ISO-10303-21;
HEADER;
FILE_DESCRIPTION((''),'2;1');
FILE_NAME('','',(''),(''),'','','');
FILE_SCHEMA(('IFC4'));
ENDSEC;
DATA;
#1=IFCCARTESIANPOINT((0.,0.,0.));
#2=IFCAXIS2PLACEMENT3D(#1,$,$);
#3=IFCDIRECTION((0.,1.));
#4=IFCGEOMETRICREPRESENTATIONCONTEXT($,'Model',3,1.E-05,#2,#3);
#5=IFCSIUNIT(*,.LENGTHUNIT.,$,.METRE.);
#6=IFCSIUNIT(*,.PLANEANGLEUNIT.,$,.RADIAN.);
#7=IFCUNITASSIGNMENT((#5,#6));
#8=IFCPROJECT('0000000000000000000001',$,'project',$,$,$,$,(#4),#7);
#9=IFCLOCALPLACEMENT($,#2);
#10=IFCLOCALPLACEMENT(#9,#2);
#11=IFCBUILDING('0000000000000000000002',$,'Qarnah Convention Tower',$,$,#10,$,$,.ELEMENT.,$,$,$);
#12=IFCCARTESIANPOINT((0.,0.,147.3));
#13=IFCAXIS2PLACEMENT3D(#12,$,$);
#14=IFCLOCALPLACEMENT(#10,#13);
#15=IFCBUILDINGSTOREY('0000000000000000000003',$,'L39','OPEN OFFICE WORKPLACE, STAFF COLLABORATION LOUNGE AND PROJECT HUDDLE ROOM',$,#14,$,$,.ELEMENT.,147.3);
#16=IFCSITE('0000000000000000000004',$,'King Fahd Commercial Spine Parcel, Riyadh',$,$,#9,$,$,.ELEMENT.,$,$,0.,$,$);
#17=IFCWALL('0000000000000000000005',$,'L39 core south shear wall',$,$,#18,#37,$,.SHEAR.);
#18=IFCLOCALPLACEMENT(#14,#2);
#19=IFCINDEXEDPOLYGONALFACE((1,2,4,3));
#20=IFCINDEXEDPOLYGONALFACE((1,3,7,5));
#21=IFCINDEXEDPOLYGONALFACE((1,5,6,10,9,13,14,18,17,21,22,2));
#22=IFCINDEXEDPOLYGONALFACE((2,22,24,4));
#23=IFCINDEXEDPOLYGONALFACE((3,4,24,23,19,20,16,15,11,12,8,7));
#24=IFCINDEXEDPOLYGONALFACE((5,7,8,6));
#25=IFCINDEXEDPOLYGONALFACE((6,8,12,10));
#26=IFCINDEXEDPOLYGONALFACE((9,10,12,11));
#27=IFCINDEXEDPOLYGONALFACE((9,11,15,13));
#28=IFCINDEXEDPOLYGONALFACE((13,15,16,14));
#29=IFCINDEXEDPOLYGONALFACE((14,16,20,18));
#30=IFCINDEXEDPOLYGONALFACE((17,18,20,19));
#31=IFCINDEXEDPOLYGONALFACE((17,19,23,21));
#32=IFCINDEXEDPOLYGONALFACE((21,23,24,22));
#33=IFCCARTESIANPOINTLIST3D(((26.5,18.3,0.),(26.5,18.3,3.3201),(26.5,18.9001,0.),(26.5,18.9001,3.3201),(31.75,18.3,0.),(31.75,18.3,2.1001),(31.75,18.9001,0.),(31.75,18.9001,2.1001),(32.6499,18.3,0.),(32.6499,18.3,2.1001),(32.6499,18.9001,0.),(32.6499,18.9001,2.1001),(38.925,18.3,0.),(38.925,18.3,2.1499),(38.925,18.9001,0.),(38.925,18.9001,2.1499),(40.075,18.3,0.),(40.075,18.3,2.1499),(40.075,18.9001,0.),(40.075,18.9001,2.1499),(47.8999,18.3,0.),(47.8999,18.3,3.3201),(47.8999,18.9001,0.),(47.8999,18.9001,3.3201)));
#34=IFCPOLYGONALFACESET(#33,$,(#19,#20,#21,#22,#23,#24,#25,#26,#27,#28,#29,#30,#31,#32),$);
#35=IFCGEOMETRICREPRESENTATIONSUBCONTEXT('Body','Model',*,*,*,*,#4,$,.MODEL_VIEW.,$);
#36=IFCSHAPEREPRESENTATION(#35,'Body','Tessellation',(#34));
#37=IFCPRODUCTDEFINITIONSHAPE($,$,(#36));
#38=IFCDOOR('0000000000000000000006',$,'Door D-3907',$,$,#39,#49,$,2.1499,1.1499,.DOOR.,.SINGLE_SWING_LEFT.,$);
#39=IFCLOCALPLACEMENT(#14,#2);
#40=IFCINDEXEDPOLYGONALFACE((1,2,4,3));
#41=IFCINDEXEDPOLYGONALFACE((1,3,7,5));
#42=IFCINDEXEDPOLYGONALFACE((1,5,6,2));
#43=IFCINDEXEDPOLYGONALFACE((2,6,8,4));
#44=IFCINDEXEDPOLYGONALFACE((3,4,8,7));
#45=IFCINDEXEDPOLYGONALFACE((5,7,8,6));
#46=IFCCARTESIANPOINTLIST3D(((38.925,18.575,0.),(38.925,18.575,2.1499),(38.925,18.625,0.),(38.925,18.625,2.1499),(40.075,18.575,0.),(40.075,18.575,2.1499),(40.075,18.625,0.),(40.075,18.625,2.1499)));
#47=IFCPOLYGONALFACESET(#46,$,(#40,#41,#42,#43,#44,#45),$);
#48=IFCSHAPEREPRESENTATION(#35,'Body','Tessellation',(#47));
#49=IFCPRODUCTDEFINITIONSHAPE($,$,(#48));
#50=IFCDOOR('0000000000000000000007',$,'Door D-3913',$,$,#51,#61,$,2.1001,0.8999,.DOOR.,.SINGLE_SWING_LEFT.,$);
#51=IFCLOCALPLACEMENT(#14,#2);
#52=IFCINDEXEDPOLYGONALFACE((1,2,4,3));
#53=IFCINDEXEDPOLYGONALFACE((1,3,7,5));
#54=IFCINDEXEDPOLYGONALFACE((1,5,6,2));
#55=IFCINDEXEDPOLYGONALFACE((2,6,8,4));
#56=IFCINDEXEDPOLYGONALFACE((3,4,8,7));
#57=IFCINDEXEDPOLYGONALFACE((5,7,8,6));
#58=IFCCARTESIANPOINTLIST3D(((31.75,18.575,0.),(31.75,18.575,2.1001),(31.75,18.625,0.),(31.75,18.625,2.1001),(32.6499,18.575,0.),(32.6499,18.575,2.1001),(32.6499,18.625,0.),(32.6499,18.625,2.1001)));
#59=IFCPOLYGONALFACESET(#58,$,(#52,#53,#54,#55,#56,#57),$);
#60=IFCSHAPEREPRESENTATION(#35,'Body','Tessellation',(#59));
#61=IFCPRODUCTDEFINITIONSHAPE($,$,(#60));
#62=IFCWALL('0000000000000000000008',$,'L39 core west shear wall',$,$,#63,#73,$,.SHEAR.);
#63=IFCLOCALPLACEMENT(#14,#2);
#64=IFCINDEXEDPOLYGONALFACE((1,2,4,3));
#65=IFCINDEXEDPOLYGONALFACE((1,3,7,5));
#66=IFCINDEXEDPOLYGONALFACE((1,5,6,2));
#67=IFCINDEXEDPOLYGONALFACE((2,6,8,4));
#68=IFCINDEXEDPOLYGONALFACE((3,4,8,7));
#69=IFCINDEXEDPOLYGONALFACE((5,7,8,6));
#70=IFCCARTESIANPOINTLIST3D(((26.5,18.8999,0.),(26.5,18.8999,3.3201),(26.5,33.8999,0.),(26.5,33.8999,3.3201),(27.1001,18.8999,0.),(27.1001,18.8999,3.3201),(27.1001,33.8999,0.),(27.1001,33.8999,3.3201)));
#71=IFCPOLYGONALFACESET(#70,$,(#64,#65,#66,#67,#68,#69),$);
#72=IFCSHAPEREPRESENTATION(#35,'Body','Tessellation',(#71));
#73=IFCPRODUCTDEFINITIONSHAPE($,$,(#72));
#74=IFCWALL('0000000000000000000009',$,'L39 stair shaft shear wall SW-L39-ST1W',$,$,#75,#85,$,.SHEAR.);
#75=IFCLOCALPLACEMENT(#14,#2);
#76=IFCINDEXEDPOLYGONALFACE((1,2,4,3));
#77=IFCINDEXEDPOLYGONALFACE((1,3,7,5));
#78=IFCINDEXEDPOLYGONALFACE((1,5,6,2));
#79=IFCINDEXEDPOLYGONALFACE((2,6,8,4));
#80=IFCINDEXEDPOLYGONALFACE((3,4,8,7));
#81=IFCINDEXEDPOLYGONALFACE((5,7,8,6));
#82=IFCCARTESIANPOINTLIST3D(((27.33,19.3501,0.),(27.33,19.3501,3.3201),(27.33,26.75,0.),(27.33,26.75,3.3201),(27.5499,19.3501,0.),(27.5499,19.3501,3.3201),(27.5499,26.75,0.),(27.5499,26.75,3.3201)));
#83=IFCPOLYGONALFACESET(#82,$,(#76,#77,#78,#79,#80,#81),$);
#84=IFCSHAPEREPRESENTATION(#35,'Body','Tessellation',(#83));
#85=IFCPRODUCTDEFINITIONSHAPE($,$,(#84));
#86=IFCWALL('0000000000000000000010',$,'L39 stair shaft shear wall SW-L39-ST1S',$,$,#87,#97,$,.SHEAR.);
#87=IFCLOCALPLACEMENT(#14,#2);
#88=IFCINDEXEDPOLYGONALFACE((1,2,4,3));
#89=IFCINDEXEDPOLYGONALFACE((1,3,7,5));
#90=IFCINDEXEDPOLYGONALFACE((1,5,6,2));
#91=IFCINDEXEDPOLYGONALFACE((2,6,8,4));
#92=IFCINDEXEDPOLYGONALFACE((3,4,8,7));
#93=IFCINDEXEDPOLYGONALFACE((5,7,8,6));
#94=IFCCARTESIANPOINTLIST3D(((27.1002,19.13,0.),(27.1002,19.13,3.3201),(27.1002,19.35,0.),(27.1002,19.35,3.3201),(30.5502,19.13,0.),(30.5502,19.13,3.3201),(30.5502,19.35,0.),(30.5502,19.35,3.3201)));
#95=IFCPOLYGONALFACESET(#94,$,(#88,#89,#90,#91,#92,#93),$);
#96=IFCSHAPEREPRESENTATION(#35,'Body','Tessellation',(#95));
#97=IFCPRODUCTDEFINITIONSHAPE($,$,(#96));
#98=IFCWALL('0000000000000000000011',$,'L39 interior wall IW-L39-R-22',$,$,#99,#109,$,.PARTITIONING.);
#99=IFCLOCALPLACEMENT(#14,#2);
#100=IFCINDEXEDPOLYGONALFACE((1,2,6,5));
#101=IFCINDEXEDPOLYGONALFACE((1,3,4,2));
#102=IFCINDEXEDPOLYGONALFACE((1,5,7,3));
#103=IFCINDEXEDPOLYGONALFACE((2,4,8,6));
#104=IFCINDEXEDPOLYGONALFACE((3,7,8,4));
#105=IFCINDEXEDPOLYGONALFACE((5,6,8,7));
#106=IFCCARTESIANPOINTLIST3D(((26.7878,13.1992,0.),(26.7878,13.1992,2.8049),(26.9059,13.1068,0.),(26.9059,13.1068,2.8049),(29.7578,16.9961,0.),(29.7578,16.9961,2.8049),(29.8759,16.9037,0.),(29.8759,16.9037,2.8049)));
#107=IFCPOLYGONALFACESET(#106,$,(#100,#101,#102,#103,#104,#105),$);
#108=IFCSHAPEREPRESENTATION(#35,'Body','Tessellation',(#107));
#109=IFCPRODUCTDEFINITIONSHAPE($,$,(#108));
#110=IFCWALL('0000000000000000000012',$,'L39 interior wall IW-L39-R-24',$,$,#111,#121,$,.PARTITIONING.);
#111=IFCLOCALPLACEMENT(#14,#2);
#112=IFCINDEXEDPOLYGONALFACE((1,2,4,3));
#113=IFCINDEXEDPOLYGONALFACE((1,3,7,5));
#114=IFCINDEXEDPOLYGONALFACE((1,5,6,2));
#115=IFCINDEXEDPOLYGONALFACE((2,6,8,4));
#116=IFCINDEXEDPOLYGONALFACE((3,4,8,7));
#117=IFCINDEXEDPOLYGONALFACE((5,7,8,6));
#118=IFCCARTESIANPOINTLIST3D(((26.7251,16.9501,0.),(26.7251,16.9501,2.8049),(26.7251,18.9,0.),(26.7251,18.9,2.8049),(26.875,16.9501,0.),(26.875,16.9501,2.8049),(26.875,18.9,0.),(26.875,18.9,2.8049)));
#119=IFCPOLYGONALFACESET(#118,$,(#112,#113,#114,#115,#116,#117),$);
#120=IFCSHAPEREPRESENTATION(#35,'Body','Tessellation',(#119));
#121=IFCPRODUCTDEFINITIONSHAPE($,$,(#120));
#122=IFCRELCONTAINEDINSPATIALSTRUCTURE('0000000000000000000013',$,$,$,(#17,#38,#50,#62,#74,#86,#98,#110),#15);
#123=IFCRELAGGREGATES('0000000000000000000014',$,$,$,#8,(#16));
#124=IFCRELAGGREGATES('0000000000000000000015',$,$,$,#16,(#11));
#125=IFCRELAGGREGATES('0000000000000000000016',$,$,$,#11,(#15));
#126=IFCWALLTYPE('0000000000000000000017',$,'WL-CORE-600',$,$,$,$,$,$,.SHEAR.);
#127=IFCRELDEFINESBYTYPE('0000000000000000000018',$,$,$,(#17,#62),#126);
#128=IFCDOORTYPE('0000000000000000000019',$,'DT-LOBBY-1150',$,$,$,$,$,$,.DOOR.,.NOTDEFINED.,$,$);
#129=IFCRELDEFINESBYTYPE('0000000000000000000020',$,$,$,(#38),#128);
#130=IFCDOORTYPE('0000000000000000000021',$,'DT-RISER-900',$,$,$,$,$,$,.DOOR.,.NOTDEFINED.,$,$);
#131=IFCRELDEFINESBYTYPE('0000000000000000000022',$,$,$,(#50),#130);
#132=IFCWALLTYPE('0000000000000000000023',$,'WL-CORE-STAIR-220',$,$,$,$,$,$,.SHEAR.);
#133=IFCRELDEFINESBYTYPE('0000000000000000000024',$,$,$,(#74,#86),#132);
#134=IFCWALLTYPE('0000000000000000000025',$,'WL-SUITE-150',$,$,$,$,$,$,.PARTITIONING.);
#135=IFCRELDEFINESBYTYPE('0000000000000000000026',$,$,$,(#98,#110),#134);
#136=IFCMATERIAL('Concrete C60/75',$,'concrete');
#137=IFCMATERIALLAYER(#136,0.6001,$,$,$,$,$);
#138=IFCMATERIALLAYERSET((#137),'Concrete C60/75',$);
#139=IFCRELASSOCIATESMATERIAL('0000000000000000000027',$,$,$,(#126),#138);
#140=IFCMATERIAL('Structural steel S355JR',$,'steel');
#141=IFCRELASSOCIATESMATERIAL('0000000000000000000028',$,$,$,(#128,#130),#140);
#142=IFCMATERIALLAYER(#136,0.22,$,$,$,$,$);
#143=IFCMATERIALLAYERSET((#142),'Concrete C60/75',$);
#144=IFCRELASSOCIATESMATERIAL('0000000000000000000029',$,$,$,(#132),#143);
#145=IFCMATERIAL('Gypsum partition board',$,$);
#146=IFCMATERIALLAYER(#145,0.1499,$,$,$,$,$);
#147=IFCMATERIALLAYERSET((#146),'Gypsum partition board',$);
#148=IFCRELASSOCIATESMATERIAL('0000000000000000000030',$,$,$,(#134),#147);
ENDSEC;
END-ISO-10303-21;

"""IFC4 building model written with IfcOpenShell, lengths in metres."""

from ifc_helpers import new_model, si_unit, direction, frame, frame_2d, origin, place, context, subcontext, project, spatial, rectangle, extrude, material, layer, layer_set, type_object, element, fill, save


model = new_model("IFC4")

# Units and contexts
model_context = context("Model", 3, precision=1e-05, world=origin(), true_north=direction((0.0, 1.0)))
body_context = subcontext(model_context, "Body", "Model", "MODEL_VIEW")
ifc_project = project(units=[si_unit("LENGTHUNIT", "METRE"), si_unit("PLANEANGLEUNIT", "RADIAN")], contexts=[model_context])

# Site, building, storey
site_placement = place(None, origin())
site = spatial("IfcSite", under=ifc_project, at=site_placement, Name="King Fahd Commercial Spine Parcel, Riyadh", CompositionType="ELEMENT", RefElevation=0.0)
building_placement = place(site_placement, origin())
building = spatial("IfcBuilding", under=site, at=building_placement, Name="Qarnah Convention Tower", CompositionType="ELEMENT")
storey_placement = place(building_placement, frame((0.0, 0.0, 147.3)))
storey = spatial("IfcBuildingStorey", under=building, at=storey_placement, Name="L39", Description="OPEN OFFICE WORKPLACE, STAFF COLLABORATION LOUNGE AND PROJECT HUDDLE ROOM", CompositionType="ELEMENT", Elevation=147.3)

# Shared definitions
ifc_material_1 = material(Name="Concrete C60/75", Category="concrete")

# Shared definitions
ifc_material_2 = material(Name="Structural steel S355JR", Category="steel")

# Wall, openings, doors
ifc_layer_1 = layer(ifc_material_1, 0.6001)
ifc_layer_set_1 = layer_set([ifc_layer_1], Name="Concrete C60/75")
wall_type_1 = type_object("IfcWallType", Name="WL-CORE-600", PredefinedType="SHEAR", material=ifc_layer_set_1)
wall_1_placement = place(storey_placement, frame((26.5, 18.6001, 0.0), z_axis=(0.0, 0.0, 1.0), x_axis=(1.0, 0.0, 0.0)))
wall_1 = element("IfcWall", 1, at=wall_1_placement, inside=storey, type_object=wall_type_1, Name="L39 core south shear wall", PredefinedType="SHEAR", context=body_context, shape_type="SweptSolid", body=[
    extrude(rectangle(XDim=21.3999, YDim=0.6001, at=frame_2d((10.7, 0.0))), origin(), (0.0, 0.0, 1.0), 3.3201),
])
opening_1_placement = place(wall_1_placement, frame((12.425, 0.0, 0.0)))
opening_1 = element("IfcOpeningElement", 2, at=opening_1_placement, cuts=wall_1, PredefinedType="OPENING", context=body_context, shape_type="SweptSolid", body=[
    extrude(rectangle(XDim=1.1499, YDim=2.1499, at=frame_2d((0.575, 1.075))), frame((0.0, 0.3101, 0.0), z_axis=(0.0, -1.0, 0.0), x_axis=(1.0, 0.0, 0.0)), (0.0, 0.0, 1.0), 0.6201),
])
opening_2_placement = place(wall_1_placement, frame((5.25, 0.0, 0.0)))
opening_2 = element("IfcOpeningElement", 3, at=opening_2_placement, cuts=wall_1, PredefinedType="OPENING", context=body_context, shape_type="SweptSolid", body=[
    extrude(rectangle(XDim=0.8999, YDim=2.1001, at=frame_2d((0.45, 1.05))), frame((0.0, 0.3101, 0.0), z_axis=(0.0, -1.0, 0.0), x_axis=(1.0, 0.0, 0.0)), (0.0, 0.0, 1.0), 0.6201),
])
door_type_1 = type_object("IfcDoorType", Name="DT-LOBBY-1150", OperationType="NOTDEFINED", PredefinedType="DOOR", material=ifc_material_2)
door_1_placement = place(opening_1_placement, origin())
door_1 = element("IfcDoor", 4, at=door_1_placement, inside=storey, type_object=door_type_1, Name="Door D-3907", OperationType="SINGLE_SWING_LEFT", OverallHeight=2.1499, OverallWidth=1.1499, PredefinedType="DOOR", context=body_context, shape_type="SweptSolid", body=[
    extrude(rectangle(XDim=1.1499, YDim=2.1499, at=frame_2d((0.575, 1.075))), frame((0.0, 0.0249, 0.0), z_axis=(0.0, -1.0, 0.0), x_axis=(1.0, 0.0, 0.0)), (0.0, 0.0, 1.0), 0.05),
])
fill(opening_1, door_1)
door_type_2 = type_object("IfcDoorType", Name="DT-RISER-900", OperationType="NOTDEFINED", PredefinedType="DOOR", material=ifc_material_2)
door_2_placement = place(opening_2_placement, origin())
door_2 = element("IfcDoor", 5, at=door_2_placement, inside=storey, type_object=door_type_2, Name="Door D-3913", OperationType="SINGLE_SWING_LEFT", OverallHeight=2.1001, OverallWidth=0.8999, PredefinedType="DOOR", context=body_context, shape_type="SweptSolid", body=[
    extrude(rectangle(XDim=0.8999, YDim=2.1001, at=frame_2d((0.45, 1.05))), frame((0.0, 0.0249, 0.0), z_axis=(0.0, -1.0, 0.0), x_axis=(1.0, 0.0, 0.0)), (0.0, 0.0, 1.0), 0.05),
])
fill(opening_2, door_2)

# Walls
wall_2_placement = place(storey_placement, frame((26.8, 18.8999, 0.0), z_axis=(0.0, 0.0, 1.0), x_axis=(0.0, 1.0, 0.0)))
element("IfcWall", 6, at=wall_2_placement, inside=storey, type_object=wall_type_1, Name="L39 core west shear wall", PredefinedType="SHEAR", context=body_context, shape_type="SweptSolid", body=[
    extrude(rectangle(XDim=15.0, YDim=0.6001, at=frame_2d((7.5, 0.0))), origin(), (0.0, 0.0, 1.0), 3.3201),
])
ifc_layer_2 = layer(ifc_material_1, 0.22)
ifc_layer_set_2 = layer_set([ifc_layer_2], Name="Concrete C60/75")
wall_type_2 = type_object("IfcWallType", Name="WL-CORE-STAIR-220", PredefinedType="SHEAR", material=ifc_layer_set_2)
wall_3_placement = place(storey_placement, frame((27.4399, 19.3501, 0.0), z_axis=(0.0, 0.0, 1.0), x_axis=(0.0, 1.0, 0.0)))
element("IfcWall", 7, at=wall_3_placement, inside=storey, type_object=wall_type_2, Name="L39 stair shaft shear wall SW-L39-ST1W", PredefinedType="SHEAR", context=body_context, shape_type="SweptSolid", body=[
    extrude(rectangle(XDim=7.3999, YDim=0.22, at=frame_2d((3.7, 0.0))), origin(), (0.0, 0.0, 1.0), 3.3201),
])
wall_4_placement = place(storey_placement, frame((27.1001, 19.24, 0.0), z_axis=(0.0, 0.0, 1.0), x_axis=(1.0, 0.0, 0.0)))
element("IfcWall", 8, at=wall_4_placement, inside=storey, type_object=wall_type_2, Name="L39 stair shaft shear wall SW-L39-ST1S", PredefinedType="SHEAR", context=body_context, shape_type="SweptSolid", body=[
    extrude(rectangle(XDim=3.45, YDim=0.22, at=frame_2d((1.7251, 0.0))), origin(), (0.0, 0.0, 1.0), 3.3201),
])
ifc_material_3 = material(Name="Gypsum partition board")
ifc_layer_3 = layer(ifc_material_3, 0.1499)
ifc_layer_set_3 = layer_set([ifc_layer_3], Name="Gypsum partition board")
wall_type_3 = type_object("IfcWallType", Name="WL-SUITE-150", PredefinedType="PARTITIONING", material=ifc_layer_set_3)
wall_5_placement = place(storey_placement, frame((26.8469, 13.1531, 0.0), z_axis=(0.0, 0.0, 1.0), x_axis=(0.616116, 0.787656, 0.0)))
element("IfcWall", 9, at=wall_5_placement, inside=storey, type_object=wall_type_3, Name="L39 interior wall IW-L39-R-22", PredefinedType="PARTITIONING", context=body_context, shape_type="SweptSolid", body=[
    extrude(rectangle(XDim=4.8206, YDim=0.1499, at=frame_2d((2.4102, 0.0))), origin(), (0.0, 0.0, 1.0), 2.8049),
])
wall_6_placement = place(storey_placement, frame((26.8, 16.95, 0.0), z_axis=(0.0, 0.0, 1.0), x_axis=(0.0, 1.0, 0.0)))
element("IfcWall", 10, at=wall_6_placement, inside=storey, type_object=wall_type_3, Name="L39 interior wall IW-L39-R-24", PredefinedType="PARTITIONING", context=body_context, shape_type="SweptSolid", body=[
    extrude(rectangle(XDim=1.95, YDim=0.1499, at=frame_2d((0.9751, 0.0))), origin(), (0.0, 0.0, 1.0), 2.8049),
])

save(model, "model.ifc")
